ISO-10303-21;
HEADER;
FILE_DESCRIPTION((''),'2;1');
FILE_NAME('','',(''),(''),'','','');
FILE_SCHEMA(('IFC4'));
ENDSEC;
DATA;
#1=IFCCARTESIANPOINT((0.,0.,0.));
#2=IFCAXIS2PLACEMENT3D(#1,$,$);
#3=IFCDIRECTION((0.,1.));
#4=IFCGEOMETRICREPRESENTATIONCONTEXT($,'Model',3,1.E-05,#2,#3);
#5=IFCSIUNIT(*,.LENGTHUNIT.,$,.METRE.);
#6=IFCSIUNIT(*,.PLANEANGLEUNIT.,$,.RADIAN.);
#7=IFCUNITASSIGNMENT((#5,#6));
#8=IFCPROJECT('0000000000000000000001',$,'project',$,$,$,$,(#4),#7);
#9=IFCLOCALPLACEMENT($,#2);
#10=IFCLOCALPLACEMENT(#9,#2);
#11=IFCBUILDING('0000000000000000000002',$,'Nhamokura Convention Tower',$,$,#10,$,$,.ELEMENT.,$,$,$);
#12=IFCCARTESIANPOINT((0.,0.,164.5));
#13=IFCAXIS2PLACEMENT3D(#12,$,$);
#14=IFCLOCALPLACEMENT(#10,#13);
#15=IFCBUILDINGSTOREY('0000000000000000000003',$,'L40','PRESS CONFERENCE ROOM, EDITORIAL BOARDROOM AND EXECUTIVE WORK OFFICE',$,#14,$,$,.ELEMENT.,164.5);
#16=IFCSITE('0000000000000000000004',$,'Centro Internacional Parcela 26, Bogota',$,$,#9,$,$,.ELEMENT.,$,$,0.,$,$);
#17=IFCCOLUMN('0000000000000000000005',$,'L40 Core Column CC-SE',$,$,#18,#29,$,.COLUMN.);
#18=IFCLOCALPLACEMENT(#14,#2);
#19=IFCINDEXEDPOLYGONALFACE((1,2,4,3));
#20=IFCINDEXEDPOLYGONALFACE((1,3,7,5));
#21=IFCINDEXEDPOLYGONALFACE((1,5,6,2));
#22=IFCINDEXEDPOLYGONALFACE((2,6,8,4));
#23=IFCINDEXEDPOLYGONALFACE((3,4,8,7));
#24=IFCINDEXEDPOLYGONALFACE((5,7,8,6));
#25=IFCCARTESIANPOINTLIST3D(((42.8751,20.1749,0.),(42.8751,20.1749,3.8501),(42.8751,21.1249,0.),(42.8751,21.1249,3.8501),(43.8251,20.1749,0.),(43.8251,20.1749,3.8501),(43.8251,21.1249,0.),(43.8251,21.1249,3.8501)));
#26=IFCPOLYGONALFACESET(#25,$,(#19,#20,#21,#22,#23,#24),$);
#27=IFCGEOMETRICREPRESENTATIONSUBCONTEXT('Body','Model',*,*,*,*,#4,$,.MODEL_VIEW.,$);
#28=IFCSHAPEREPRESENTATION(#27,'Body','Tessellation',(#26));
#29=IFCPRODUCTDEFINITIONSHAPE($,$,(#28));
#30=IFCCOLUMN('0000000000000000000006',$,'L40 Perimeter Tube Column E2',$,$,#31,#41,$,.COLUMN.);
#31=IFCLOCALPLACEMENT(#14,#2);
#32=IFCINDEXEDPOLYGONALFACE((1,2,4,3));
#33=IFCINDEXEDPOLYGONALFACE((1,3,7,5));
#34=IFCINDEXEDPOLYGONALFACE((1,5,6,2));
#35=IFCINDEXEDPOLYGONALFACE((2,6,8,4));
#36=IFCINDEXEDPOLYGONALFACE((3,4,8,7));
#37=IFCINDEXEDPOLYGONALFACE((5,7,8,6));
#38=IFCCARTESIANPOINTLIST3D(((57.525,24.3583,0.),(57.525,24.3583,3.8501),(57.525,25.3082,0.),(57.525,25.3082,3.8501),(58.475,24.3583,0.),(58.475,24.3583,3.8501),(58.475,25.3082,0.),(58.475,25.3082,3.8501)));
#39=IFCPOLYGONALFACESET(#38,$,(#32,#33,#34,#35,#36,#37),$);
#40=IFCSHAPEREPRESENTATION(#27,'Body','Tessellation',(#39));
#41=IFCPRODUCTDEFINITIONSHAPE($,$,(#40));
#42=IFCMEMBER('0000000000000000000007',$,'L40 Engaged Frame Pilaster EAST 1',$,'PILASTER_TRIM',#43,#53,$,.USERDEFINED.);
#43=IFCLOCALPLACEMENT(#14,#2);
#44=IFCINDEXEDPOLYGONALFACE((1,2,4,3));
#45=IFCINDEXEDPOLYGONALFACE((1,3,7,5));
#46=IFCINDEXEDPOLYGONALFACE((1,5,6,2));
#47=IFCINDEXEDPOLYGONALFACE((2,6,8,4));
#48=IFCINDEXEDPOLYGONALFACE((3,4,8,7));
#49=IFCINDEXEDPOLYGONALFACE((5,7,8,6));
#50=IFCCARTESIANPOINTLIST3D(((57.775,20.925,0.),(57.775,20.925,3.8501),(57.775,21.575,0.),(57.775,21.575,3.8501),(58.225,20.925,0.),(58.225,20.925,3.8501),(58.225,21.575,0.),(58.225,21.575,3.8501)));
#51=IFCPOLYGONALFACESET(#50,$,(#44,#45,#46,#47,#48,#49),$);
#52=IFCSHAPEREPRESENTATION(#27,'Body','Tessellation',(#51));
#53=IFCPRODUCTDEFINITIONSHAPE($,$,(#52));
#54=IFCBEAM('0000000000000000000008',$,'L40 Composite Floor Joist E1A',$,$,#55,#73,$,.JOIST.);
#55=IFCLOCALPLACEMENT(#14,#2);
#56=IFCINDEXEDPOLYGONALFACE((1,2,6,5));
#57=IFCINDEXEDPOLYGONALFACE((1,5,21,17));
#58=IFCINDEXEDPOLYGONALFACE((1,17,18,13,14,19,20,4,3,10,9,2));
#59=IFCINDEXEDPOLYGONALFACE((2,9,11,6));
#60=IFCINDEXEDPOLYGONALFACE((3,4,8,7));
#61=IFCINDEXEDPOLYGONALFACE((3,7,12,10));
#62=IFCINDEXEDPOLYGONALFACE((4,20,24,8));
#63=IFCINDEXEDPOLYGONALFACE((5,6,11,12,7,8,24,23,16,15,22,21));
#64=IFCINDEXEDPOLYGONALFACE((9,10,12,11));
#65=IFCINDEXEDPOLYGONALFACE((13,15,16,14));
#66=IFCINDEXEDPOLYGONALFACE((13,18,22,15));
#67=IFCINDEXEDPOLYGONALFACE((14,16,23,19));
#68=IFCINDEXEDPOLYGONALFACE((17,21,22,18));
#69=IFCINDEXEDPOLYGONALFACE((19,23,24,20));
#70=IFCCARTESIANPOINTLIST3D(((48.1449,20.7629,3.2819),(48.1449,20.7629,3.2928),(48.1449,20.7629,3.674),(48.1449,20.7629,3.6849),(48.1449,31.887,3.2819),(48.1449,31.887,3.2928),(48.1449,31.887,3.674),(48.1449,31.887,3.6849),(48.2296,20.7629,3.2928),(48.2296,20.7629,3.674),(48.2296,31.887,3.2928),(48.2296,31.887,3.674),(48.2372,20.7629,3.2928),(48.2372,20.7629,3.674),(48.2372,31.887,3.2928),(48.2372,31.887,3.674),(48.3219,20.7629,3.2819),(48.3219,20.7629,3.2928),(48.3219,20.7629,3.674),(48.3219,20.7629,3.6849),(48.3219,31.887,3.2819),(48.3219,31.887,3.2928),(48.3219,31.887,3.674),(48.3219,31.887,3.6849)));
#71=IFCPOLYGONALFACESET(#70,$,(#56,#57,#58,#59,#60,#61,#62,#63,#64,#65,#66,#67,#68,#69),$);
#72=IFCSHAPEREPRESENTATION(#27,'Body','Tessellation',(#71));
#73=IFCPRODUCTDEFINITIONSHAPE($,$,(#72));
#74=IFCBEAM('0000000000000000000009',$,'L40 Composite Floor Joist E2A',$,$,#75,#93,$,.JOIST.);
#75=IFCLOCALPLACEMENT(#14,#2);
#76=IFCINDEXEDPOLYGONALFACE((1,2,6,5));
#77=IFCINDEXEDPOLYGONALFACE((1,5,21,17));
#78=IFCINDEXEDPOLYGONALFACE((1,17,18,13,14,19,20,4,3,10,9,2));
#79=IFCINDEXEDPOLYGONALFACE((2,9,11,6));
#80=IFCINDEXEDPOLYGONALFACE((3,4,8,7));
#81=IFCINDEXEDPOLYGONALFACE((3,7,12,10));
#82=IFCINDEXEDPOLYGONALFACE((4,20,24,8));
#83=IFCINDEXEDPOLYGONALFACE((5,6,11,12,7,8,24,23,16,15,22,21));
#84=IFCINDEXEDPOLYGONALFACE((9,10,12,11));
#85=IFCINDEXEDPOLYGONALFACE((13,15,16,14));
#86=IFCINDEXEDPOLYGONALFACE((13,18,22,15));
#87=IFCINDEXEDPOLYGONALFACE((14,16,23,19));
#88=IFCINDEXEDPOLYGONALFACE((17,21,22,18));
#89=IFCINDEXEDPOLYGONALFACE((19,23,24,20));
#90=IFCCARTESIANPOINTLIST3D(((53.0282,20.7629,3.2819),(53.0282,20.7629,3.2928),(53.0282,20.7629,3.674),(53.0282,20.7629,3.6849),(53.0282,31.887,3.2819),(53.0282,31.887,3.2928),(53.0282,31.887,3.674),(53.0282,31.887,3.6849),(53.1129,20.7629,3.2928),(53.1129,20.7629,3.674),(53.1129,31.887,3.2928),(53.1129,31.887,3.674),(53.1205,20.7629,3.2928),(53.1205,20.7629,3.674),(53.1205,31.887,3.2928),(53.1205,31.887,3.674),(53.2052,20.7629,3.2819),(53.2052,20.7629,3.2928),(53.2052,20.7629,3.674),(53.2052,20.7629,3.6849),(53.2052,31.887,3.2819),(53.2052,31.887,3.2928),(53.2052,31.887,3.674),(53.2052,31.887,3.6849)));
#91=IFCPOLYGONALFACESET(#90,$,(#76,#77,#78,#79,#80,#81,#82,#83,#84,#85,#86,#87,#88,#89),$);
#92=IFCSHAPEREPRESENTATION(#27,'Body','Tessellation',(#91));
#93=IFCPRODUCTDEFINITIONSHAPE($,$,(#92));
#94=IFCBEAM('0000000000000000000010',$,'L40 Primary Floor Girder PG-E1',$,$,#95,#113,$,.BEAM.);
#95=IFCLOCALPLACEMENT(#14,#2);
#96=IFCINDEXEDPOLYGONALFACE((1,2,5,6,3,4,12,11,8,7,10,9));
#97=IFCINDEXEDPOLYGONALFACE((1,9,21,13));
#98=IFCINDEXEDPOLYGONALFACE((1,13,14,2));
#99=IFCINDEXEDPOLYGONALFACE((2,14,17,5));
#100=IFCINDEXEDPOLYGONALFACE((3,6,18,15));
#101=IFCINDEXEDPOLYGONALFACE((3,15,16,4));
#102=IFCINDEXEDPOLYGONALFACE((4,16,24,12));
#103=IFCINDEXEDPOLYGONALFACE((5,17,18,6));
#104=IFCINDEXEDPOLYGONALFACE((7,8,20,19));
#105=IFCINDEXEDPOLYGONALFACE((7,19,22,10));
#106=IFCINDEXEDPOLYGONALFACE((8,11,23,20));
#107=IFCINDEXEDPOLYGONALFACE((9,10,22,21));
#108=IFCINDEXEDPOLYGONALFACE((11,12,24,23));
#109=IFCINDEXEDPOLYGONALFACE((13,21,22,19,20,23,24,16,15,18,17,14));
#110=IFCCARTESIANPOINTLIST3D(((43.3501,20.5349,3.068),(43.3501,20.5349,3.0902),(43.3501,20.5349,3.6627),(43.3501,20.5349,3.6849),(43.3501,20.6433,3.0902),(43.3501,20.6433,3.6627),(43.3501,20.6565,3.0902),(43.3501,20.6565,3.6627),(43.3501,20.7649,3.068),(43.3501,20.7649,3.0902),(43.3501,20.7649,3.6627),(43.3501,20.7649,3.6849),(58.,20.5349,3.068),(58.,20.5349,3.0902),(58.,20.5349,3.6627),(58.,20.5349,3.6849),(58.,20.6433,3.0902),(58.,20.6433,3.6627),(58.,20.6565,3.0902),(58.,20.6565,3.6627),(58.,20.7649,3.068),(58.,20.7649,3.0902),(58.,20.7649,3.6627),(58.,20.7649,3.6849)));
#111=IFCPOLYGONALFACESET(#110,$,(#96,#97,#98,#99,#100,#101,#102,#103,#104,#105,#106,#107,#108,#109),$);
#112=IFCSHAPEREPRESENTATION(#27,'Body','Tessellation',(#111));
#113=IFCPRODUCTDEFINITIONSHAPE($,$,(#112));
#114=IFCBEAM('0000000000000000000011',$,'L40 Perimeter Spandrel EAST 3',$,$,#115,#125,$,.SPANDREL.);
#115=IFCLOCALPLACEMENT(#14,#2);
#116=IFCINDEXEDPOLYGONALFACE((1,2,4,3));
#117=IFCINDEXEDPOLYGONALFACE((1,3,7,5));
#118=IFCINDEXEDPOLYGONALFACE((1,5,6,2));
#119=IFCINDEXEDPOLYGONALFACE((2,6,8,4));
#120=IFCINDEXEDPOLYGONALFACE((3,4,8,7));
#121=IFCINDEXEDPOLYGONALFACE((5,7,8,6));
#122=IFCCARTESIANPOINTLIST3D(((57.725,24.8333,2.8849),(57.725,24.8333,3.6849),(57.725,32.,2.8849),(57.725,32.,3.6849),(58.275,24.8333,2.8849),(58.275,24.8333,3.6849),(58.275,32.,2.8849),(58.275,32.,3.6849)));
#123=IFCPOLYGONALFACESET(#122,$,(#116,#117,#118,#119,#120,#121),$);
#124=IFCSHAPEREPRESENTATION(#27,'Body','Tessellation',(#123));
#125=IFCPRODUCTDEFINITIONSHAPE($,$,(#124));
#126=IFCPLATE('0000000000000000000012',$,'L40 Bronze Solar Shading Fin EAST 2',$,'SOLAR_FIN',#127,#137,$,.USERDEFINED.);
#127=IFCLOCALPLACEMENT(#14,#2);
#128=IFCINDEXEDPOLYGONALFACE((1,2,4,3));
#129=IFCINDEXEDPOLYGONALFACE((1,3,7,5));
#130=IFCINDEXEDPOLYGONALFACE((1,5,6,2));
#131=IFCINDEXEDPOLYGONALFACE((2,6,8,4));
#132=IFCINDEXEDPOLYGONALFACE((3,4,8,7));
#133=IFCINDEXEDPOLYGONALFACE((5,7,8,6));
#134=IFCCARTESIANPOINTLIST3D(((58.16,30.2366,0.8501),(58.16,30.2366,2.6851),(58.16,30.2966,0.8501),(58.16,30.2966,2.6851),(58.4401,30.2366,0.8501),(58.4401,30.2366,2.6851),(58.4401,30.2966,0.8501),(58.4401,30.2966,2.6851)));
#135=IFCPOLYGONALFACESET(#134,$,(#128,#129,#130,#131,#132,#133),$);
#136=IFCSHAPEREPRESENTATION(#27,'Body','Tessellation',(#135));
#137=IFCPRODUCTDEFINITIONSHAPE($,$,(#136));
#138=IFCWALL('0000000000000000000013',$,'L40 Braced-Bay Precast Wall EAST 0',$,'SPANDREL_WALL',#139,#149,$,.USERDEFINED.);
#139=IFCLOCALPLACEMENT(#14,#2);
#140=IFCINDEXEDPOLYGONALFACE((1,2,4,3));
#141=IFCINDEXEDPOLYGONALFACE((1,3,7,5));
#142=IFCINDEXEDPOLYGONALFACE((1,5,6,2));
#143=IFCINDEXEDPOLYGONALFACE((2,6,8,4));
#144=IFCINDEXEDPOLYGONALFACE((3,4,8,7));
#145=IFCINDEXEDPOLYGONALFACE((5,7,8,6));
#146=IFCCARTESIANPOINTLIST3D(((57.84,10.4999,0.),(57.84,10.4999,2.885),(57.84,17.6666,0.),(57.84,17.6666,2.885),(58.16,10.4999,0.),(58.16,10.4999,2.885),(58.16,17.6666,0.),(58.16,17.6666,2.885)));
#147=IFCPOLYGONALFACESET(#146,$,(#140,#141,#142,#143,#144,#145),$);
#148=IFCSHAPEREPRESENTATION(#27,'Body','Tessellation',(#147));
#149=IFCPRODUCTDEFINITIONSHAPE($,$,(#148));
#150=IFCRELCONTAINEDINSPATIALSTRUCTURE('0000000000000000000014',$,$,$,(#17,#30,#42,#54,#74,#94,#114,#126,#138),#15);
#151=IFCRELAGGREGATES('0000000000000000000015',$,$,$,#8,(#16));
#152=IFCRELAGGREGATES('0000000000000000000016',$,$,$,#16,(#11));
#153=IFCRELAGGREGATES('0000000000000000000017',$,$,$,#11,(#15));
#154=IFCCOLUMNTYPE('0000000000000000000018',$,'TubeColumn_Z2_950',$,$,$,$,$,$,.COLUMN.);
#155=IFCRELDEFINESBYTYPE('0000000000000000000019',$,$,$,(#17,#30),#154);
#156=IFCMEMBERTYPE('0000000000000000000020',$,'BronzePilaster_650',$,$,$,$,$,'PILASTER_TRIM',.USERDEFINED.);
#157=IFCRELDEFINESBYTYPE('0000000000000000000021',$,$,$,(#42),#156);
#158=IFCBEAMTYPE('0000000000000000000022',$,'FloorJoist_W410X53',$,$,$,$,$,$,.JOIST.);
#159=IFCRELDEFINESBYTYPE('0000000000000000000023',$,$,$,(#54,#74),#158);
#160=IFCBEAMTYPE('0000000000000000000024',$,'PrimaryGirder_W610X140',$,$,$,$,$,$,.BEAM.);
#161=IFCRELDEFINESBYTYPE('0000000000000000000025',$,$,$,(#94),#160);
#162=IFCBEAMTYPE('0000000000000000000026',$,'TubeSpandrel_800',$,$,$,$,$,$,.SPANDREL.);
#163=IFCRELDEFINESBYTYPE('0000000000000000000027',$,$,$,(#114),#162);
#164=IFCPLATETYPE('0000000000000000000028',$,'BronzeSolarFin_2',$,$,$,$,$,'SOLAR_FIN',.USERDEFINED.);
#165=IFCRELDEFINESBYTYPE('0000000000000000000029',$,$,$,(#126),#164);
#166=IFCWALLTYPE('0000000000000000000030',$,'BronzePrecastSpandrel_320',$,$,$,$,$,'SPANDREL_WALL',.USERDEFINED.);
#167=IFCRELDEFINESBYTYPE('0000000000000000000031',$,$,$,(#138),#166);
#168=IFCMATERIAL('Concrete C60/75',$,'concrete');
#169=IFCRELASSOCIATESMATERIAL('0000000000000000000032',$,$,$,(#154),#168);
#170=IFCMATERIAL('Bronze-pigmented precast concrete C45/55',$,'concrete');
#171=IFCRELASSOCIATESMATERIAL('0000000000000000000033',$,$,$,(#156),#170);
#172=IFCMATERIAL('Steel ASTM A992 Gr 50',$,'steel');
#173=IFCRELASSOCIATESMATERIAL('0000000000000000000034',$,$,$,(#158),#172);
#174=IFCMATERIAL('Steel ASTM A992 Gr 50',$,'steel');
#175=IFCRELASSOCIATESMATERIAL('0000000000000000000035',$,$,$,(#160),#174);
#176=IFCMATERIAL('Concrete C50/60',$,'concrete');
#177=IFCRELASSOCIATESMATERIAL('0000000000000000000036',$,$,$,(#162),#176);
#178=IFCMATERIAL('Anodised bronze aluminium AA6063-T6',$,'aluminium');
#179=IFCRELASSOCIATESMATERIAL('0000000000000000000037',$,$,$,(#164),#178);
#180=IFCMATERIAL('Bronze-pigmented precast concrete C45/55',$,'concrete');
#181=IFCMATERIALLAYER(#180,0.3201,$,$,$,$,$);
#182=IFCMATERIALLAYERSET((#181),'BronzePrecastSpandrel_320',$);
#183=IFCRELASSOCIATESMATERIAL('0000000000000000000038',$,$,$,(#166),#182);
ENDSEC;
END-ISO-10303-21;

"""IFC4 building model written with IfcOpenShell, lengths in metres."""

from ifc_helpers import new_model, si_unit, direction, frame, frame_2d, origin, origin_2d, place, context, subcontext, project, spatial, rectangle, i_section, extrude, material, layer, layer_set, material_profile, profile_set, type_object, element, save


model = new_model("IFC4")

# Units and contexts
model_context = context("Model", 3, precision=1e-05, world=origin(), true_north=direction((0.0, 1.0)))
body_context = subcontext(model_context, "Body", "Model", "MODEL_VIEW")
ifc_project = project(units=[si_unit("LENGTHUNIT", "METRE"), si_unit("PLANEANGLEUNIT", "RADIAN")], contexts=[model_context])

# Site, building, storey
site_placement = place(None, origin())
site = spatial("IfcSite", under=ifc_project, at=site_placement, Name="Centro Internacional Parcela 26, Bogota", CompositionType="ELEMENT", RefElevation=0.0)
building_placement = place(site_placement, origin())
building = spatial("IfcBuilding", under=site, at=building_placement, Name="Nhamokura Convention Tower", CompositionType="ELEMENT")
storey_placement = place(building_placement, frame((0.0, 0.0, 164.5)))
storey = spatial("IfcBuildingStorey", under=building, at=storey_placement, Name="L40", Description="PRESS CONFERENCE ROOM, EDITORIAL BOARDROOM AND EXECUTIVE WORK OFFICE", CompositionType="ELEMENT", Elevation=164.5)

# Columns
ifc_material_1 = material(Name="Concrete C60/75", Category="concrete")
ifc_material_profile_1 = material_profile(ifc_material_1, rectangle(XDim=0.95, YDim=0.95, at=origin_2d()))
ifc_profile_set_1 = profile_set([ifc_material_profile_1], Name="Concrete C60/75")
column_type = type_object("IfcColumnType", Name="TubeColumn_Z2_950", PredefinedType="COLUMN", material=ifc_profile_set_1)
for number, where, z_axis, x_axis, name in (
    (1, (43.3501, 20.6499, 0.0), (0.0, 0.0, 1.0), (1.0, 0.0, 0.0), "L40 Core Column CC-SE"),
    (2, (58.0, 24.8333, 0.0), (0.0, 0.0, 1.0), (1.0, 0.0, 0.0), "L40 Perimeter Tube Column E2"),
):
    element("IfcColumn", number, at=place(storey_placement, frame(where, z_axis=z_axis, x_axis=x_axis)), inside=storey, type_object=column_type, Name=name, PredefinedType="COLUMN", context=body_context, shape_type="SweptSolid", body=[
        extrude(rectangle(XDim=0.95, YDim=0.95, at=origin_2d()), origin(), (0.0, 0.0, 1.0), 3.8501),
    ])

# Member
ifc_material_2 = material(Name="Bronze-pigmented precast concrete C45/55", Category="concrete")
ifc_material_profile_2 = material_profile(ifc_material_2, rectangle(XDim=0.45, YDim=0.6499, at=origin_2d()))
ifc_profile_set_2 = profile_set([ifc_material_profile_2], Name="Bronze-pigmented precast concrete C45/55")
member_type = type_object("IfcMemberType", Name="BronzePilaster_650", ElementType="PILASTER_TRIM", PredefinedType="USERDEFINED", material=ifc_profile_set_2)
member_placement = place(storey_placement, frame((58.0, 21.25, 0.0), z_axis=(0.0, 0.0, 1.0), x_axis=(1.0, 0.0, 0.0)))
element("IfcMember", 3, at=member_placement, inside=storey, type_object=member_type, Name="L40 Engaged Frame Pilaster EAST 1", ObjectType="PILASTER_TRIM", PredefinedType="USERDEFINED", context=body_context, shape_type="SweptSolid", body=[
    extrude(rectangle(XDim=0.45, YDim=0.6499, at=origin_2d()), origin(), (0.0, 0.0, 1.0), 3.8501),
])

# Beams
ifc_material_3 = material(Name="Steel ASTM A992 Gr 50", Category="steel")
ifc_material_profile_3 = material_profile(ifc_material_3, i_section(OverallWidth=0.177, OverallDepth=0.4031, WebThickness=0.0076, FlangeThickness=0.011, at=origin_2d()))
ifc_profile_set_3 = profile_set([ifc_material_profile_3], Name="Steel ASTM A992 Gr 50")
beam_type_1 = type_object("IfcBeamType", Name="FloorJoist_W410X53", PredefinedType="JOIST", material=ifc_profile_set_3)
for number, where, z_axis, x_axis, name in (
    (4, (48.2334, 20.7629, 3.4834), (0.0, 1.0, 0.0), (-1.0, 0.0, 0.0), "L40 Composite Floor Joist E1A"),
    (5, (53.1167, 20.7629, 3.4834), (0.0, 1.0, 0.0), (-1.0, 0.0, 0.0), "L40 Composite Floor Joist E2A"),
):
    element("IfcBeam", number, at=place(storey_placement, frame(where, z_axis=z_axis, x_axis=x_axis)), inside=storey, type_object=beam_type_1, Name=name, PredefinedType="JOIST", context=body_context, shape_type="SweptSolid", body=[
        extrude(i_section(OverallWidth=0.177, OverallDepth=0.4031, WebThickness=0.0076, FlangeThickness=0.011, at=origin_2d()), origin(), (0.0, 0.0, 1.0), 11.124),
    ])
ifc_material_4 = material(Name="Steel ASTM A992 Gr 50", Category="steel")
ifc_material_profile_4 = material_profile(ifc_material_4, i_section(OverallWidth=0.23, OverallDepth=0.6169, WebThickness=0.0132, FlangeThickness=0.0222, at=origin_2d()))
ifc_profile_set_4 = profile_set([ifc_material_profile_4], Name="Steel ASTM A992 Gr 50")
beam_type_2 = type_object("IfcBeamType", Name="PrimaryGirder_W610X140", PredefinedType="BEAM", material=ifc_profile_set_4)
beam_1_placement = place(storey_placement, frame((43.3501, 20.6499, 3.3765), z_axis=(1.0, 0.0, 0.0), x_axis=(0.0, 1.0, 0.0)))
element("IfcBeam", 6, at=beam_1_placement, inside=storey, type_object=beam_type_2, Name="L40 Primary Floor Girder PG-E1", PredefinedType="BEAM", context=body_context, shape_type="SweptSolid", body=[
    extrude(i_section(OverallWidth=0.23, OverallDepth=0.6169, WebThickness=0.0132, FlangeThickness=0.0222, at=origin_2d()), origin(), (0.0, 0.0, 1.0), 14.6499),
])
ifc_material_5 = material(Name="Concrete C50/60", Category="concrete")
ifc_material_profile_5 = material_profile(ifc_material_5, rectangle(XDim=0.55, YDim=0.8, at=origin_2d()))
ifc_profile_set_5 = profile_set([ifc_material_profile_5], Name="Concrete C50/60")
beam_type_3 = type_object("IfcBeamType", Name="TubeSpandrel_800", PredefinedType="SPANDREL", material=ifc_profile_set_5)
beam_2_placement = place(storey_placement, frame((58.0, 24.8333, 3.2849), z_axis=(0.0, 1.0, 0.0), x_axis=(-1.0, 0.0, 0.0)))
element("IfcBeam", 7, at=beam_2_placement, inside=storey, type_object=beam_type_3, Name="L40 Perimeter Spandrel EAST 3", PredefinedType="SPANDREL", context=body_context, shape_type="SweptSolid", body=[
    extrude(rectangle(XDim=0.55, YDim=0.8, at=origin_2d()), origin(), (0.0, 0.0, 1.0), 7.1667),
])

# Plate
ifc_material_6 = material(Name="Anodised bronze aluminium AA6063-T6", Category="aluminium")
plate_type = type_object("IfcPlateType", Name="BronzeSolarFin_2", ElementType="SOLAR_FIN", PredefinedType="USERDEFINED", material=ifc_material_6)
plate_placement = place(storey_placement, frame((58.3, 30.2666, 0.8501), z_axis=(0.0, 0.0, 1.0), x_axis=(1.0, 0.0, 0.0)))
element("IfcPlate", 8, at=plate_placement, inside=storey, type_object=plate_type, Name="L40 Bronze Solar Shading Fin EAST 2", ObjectType="SOLAR_FIN", PredefinedType="USERDEFINED", context=body_context, shape_type="SweptSolid", body=[
    extrude(rectangle(XDim=0.28, YDim=0.0601, at=origin_2d()), origin(), (0.0, 0.0, 1.0), 1.835),
])

# Wall
ifc_material_7 = material(Name="Bronze-pigmented precast concrete C45/55", Category="concrete")
ifc_layer_1 = layer(ifc_material_7, 0.3201)
ifc_layer_set_1 = layer_set([ifc_layer_1], Name="BronzePrecastSpandrel_320")
wall_type_1 = type_object("IfcWallType", Name="BronzePrecastSpandrel_320", ElementType="SPANDREL_WALL", PredefinedType="USERDEFINED", material=ifc_layer_set_1)
wall_1_placement = place(storey_placement, frame((58.0, 17.6667, 0.0), z_axis=(0.0, 0.0, 1.0), x_axis=(0.0, -1.0, 0.0)))
element("IfcWall", 9, at=wall_1_placement, inside=storey, type_object=wall_type_1, Name="L40 Braced-Bay Precast Wall EAST 0", ObjectType="SPANDREL_WALL", PredefinedType="USERDEFINED", context=body_context, shape_type="SweptSolid", body=[
    extrude(rectangle(XDim=7.1667, YDim=0.3201, at=frame_2d((3.5835, 0.0))), origin(), (0.0, 0.0, 1.0), 2.885),
])

save(model, "model.ifc")
